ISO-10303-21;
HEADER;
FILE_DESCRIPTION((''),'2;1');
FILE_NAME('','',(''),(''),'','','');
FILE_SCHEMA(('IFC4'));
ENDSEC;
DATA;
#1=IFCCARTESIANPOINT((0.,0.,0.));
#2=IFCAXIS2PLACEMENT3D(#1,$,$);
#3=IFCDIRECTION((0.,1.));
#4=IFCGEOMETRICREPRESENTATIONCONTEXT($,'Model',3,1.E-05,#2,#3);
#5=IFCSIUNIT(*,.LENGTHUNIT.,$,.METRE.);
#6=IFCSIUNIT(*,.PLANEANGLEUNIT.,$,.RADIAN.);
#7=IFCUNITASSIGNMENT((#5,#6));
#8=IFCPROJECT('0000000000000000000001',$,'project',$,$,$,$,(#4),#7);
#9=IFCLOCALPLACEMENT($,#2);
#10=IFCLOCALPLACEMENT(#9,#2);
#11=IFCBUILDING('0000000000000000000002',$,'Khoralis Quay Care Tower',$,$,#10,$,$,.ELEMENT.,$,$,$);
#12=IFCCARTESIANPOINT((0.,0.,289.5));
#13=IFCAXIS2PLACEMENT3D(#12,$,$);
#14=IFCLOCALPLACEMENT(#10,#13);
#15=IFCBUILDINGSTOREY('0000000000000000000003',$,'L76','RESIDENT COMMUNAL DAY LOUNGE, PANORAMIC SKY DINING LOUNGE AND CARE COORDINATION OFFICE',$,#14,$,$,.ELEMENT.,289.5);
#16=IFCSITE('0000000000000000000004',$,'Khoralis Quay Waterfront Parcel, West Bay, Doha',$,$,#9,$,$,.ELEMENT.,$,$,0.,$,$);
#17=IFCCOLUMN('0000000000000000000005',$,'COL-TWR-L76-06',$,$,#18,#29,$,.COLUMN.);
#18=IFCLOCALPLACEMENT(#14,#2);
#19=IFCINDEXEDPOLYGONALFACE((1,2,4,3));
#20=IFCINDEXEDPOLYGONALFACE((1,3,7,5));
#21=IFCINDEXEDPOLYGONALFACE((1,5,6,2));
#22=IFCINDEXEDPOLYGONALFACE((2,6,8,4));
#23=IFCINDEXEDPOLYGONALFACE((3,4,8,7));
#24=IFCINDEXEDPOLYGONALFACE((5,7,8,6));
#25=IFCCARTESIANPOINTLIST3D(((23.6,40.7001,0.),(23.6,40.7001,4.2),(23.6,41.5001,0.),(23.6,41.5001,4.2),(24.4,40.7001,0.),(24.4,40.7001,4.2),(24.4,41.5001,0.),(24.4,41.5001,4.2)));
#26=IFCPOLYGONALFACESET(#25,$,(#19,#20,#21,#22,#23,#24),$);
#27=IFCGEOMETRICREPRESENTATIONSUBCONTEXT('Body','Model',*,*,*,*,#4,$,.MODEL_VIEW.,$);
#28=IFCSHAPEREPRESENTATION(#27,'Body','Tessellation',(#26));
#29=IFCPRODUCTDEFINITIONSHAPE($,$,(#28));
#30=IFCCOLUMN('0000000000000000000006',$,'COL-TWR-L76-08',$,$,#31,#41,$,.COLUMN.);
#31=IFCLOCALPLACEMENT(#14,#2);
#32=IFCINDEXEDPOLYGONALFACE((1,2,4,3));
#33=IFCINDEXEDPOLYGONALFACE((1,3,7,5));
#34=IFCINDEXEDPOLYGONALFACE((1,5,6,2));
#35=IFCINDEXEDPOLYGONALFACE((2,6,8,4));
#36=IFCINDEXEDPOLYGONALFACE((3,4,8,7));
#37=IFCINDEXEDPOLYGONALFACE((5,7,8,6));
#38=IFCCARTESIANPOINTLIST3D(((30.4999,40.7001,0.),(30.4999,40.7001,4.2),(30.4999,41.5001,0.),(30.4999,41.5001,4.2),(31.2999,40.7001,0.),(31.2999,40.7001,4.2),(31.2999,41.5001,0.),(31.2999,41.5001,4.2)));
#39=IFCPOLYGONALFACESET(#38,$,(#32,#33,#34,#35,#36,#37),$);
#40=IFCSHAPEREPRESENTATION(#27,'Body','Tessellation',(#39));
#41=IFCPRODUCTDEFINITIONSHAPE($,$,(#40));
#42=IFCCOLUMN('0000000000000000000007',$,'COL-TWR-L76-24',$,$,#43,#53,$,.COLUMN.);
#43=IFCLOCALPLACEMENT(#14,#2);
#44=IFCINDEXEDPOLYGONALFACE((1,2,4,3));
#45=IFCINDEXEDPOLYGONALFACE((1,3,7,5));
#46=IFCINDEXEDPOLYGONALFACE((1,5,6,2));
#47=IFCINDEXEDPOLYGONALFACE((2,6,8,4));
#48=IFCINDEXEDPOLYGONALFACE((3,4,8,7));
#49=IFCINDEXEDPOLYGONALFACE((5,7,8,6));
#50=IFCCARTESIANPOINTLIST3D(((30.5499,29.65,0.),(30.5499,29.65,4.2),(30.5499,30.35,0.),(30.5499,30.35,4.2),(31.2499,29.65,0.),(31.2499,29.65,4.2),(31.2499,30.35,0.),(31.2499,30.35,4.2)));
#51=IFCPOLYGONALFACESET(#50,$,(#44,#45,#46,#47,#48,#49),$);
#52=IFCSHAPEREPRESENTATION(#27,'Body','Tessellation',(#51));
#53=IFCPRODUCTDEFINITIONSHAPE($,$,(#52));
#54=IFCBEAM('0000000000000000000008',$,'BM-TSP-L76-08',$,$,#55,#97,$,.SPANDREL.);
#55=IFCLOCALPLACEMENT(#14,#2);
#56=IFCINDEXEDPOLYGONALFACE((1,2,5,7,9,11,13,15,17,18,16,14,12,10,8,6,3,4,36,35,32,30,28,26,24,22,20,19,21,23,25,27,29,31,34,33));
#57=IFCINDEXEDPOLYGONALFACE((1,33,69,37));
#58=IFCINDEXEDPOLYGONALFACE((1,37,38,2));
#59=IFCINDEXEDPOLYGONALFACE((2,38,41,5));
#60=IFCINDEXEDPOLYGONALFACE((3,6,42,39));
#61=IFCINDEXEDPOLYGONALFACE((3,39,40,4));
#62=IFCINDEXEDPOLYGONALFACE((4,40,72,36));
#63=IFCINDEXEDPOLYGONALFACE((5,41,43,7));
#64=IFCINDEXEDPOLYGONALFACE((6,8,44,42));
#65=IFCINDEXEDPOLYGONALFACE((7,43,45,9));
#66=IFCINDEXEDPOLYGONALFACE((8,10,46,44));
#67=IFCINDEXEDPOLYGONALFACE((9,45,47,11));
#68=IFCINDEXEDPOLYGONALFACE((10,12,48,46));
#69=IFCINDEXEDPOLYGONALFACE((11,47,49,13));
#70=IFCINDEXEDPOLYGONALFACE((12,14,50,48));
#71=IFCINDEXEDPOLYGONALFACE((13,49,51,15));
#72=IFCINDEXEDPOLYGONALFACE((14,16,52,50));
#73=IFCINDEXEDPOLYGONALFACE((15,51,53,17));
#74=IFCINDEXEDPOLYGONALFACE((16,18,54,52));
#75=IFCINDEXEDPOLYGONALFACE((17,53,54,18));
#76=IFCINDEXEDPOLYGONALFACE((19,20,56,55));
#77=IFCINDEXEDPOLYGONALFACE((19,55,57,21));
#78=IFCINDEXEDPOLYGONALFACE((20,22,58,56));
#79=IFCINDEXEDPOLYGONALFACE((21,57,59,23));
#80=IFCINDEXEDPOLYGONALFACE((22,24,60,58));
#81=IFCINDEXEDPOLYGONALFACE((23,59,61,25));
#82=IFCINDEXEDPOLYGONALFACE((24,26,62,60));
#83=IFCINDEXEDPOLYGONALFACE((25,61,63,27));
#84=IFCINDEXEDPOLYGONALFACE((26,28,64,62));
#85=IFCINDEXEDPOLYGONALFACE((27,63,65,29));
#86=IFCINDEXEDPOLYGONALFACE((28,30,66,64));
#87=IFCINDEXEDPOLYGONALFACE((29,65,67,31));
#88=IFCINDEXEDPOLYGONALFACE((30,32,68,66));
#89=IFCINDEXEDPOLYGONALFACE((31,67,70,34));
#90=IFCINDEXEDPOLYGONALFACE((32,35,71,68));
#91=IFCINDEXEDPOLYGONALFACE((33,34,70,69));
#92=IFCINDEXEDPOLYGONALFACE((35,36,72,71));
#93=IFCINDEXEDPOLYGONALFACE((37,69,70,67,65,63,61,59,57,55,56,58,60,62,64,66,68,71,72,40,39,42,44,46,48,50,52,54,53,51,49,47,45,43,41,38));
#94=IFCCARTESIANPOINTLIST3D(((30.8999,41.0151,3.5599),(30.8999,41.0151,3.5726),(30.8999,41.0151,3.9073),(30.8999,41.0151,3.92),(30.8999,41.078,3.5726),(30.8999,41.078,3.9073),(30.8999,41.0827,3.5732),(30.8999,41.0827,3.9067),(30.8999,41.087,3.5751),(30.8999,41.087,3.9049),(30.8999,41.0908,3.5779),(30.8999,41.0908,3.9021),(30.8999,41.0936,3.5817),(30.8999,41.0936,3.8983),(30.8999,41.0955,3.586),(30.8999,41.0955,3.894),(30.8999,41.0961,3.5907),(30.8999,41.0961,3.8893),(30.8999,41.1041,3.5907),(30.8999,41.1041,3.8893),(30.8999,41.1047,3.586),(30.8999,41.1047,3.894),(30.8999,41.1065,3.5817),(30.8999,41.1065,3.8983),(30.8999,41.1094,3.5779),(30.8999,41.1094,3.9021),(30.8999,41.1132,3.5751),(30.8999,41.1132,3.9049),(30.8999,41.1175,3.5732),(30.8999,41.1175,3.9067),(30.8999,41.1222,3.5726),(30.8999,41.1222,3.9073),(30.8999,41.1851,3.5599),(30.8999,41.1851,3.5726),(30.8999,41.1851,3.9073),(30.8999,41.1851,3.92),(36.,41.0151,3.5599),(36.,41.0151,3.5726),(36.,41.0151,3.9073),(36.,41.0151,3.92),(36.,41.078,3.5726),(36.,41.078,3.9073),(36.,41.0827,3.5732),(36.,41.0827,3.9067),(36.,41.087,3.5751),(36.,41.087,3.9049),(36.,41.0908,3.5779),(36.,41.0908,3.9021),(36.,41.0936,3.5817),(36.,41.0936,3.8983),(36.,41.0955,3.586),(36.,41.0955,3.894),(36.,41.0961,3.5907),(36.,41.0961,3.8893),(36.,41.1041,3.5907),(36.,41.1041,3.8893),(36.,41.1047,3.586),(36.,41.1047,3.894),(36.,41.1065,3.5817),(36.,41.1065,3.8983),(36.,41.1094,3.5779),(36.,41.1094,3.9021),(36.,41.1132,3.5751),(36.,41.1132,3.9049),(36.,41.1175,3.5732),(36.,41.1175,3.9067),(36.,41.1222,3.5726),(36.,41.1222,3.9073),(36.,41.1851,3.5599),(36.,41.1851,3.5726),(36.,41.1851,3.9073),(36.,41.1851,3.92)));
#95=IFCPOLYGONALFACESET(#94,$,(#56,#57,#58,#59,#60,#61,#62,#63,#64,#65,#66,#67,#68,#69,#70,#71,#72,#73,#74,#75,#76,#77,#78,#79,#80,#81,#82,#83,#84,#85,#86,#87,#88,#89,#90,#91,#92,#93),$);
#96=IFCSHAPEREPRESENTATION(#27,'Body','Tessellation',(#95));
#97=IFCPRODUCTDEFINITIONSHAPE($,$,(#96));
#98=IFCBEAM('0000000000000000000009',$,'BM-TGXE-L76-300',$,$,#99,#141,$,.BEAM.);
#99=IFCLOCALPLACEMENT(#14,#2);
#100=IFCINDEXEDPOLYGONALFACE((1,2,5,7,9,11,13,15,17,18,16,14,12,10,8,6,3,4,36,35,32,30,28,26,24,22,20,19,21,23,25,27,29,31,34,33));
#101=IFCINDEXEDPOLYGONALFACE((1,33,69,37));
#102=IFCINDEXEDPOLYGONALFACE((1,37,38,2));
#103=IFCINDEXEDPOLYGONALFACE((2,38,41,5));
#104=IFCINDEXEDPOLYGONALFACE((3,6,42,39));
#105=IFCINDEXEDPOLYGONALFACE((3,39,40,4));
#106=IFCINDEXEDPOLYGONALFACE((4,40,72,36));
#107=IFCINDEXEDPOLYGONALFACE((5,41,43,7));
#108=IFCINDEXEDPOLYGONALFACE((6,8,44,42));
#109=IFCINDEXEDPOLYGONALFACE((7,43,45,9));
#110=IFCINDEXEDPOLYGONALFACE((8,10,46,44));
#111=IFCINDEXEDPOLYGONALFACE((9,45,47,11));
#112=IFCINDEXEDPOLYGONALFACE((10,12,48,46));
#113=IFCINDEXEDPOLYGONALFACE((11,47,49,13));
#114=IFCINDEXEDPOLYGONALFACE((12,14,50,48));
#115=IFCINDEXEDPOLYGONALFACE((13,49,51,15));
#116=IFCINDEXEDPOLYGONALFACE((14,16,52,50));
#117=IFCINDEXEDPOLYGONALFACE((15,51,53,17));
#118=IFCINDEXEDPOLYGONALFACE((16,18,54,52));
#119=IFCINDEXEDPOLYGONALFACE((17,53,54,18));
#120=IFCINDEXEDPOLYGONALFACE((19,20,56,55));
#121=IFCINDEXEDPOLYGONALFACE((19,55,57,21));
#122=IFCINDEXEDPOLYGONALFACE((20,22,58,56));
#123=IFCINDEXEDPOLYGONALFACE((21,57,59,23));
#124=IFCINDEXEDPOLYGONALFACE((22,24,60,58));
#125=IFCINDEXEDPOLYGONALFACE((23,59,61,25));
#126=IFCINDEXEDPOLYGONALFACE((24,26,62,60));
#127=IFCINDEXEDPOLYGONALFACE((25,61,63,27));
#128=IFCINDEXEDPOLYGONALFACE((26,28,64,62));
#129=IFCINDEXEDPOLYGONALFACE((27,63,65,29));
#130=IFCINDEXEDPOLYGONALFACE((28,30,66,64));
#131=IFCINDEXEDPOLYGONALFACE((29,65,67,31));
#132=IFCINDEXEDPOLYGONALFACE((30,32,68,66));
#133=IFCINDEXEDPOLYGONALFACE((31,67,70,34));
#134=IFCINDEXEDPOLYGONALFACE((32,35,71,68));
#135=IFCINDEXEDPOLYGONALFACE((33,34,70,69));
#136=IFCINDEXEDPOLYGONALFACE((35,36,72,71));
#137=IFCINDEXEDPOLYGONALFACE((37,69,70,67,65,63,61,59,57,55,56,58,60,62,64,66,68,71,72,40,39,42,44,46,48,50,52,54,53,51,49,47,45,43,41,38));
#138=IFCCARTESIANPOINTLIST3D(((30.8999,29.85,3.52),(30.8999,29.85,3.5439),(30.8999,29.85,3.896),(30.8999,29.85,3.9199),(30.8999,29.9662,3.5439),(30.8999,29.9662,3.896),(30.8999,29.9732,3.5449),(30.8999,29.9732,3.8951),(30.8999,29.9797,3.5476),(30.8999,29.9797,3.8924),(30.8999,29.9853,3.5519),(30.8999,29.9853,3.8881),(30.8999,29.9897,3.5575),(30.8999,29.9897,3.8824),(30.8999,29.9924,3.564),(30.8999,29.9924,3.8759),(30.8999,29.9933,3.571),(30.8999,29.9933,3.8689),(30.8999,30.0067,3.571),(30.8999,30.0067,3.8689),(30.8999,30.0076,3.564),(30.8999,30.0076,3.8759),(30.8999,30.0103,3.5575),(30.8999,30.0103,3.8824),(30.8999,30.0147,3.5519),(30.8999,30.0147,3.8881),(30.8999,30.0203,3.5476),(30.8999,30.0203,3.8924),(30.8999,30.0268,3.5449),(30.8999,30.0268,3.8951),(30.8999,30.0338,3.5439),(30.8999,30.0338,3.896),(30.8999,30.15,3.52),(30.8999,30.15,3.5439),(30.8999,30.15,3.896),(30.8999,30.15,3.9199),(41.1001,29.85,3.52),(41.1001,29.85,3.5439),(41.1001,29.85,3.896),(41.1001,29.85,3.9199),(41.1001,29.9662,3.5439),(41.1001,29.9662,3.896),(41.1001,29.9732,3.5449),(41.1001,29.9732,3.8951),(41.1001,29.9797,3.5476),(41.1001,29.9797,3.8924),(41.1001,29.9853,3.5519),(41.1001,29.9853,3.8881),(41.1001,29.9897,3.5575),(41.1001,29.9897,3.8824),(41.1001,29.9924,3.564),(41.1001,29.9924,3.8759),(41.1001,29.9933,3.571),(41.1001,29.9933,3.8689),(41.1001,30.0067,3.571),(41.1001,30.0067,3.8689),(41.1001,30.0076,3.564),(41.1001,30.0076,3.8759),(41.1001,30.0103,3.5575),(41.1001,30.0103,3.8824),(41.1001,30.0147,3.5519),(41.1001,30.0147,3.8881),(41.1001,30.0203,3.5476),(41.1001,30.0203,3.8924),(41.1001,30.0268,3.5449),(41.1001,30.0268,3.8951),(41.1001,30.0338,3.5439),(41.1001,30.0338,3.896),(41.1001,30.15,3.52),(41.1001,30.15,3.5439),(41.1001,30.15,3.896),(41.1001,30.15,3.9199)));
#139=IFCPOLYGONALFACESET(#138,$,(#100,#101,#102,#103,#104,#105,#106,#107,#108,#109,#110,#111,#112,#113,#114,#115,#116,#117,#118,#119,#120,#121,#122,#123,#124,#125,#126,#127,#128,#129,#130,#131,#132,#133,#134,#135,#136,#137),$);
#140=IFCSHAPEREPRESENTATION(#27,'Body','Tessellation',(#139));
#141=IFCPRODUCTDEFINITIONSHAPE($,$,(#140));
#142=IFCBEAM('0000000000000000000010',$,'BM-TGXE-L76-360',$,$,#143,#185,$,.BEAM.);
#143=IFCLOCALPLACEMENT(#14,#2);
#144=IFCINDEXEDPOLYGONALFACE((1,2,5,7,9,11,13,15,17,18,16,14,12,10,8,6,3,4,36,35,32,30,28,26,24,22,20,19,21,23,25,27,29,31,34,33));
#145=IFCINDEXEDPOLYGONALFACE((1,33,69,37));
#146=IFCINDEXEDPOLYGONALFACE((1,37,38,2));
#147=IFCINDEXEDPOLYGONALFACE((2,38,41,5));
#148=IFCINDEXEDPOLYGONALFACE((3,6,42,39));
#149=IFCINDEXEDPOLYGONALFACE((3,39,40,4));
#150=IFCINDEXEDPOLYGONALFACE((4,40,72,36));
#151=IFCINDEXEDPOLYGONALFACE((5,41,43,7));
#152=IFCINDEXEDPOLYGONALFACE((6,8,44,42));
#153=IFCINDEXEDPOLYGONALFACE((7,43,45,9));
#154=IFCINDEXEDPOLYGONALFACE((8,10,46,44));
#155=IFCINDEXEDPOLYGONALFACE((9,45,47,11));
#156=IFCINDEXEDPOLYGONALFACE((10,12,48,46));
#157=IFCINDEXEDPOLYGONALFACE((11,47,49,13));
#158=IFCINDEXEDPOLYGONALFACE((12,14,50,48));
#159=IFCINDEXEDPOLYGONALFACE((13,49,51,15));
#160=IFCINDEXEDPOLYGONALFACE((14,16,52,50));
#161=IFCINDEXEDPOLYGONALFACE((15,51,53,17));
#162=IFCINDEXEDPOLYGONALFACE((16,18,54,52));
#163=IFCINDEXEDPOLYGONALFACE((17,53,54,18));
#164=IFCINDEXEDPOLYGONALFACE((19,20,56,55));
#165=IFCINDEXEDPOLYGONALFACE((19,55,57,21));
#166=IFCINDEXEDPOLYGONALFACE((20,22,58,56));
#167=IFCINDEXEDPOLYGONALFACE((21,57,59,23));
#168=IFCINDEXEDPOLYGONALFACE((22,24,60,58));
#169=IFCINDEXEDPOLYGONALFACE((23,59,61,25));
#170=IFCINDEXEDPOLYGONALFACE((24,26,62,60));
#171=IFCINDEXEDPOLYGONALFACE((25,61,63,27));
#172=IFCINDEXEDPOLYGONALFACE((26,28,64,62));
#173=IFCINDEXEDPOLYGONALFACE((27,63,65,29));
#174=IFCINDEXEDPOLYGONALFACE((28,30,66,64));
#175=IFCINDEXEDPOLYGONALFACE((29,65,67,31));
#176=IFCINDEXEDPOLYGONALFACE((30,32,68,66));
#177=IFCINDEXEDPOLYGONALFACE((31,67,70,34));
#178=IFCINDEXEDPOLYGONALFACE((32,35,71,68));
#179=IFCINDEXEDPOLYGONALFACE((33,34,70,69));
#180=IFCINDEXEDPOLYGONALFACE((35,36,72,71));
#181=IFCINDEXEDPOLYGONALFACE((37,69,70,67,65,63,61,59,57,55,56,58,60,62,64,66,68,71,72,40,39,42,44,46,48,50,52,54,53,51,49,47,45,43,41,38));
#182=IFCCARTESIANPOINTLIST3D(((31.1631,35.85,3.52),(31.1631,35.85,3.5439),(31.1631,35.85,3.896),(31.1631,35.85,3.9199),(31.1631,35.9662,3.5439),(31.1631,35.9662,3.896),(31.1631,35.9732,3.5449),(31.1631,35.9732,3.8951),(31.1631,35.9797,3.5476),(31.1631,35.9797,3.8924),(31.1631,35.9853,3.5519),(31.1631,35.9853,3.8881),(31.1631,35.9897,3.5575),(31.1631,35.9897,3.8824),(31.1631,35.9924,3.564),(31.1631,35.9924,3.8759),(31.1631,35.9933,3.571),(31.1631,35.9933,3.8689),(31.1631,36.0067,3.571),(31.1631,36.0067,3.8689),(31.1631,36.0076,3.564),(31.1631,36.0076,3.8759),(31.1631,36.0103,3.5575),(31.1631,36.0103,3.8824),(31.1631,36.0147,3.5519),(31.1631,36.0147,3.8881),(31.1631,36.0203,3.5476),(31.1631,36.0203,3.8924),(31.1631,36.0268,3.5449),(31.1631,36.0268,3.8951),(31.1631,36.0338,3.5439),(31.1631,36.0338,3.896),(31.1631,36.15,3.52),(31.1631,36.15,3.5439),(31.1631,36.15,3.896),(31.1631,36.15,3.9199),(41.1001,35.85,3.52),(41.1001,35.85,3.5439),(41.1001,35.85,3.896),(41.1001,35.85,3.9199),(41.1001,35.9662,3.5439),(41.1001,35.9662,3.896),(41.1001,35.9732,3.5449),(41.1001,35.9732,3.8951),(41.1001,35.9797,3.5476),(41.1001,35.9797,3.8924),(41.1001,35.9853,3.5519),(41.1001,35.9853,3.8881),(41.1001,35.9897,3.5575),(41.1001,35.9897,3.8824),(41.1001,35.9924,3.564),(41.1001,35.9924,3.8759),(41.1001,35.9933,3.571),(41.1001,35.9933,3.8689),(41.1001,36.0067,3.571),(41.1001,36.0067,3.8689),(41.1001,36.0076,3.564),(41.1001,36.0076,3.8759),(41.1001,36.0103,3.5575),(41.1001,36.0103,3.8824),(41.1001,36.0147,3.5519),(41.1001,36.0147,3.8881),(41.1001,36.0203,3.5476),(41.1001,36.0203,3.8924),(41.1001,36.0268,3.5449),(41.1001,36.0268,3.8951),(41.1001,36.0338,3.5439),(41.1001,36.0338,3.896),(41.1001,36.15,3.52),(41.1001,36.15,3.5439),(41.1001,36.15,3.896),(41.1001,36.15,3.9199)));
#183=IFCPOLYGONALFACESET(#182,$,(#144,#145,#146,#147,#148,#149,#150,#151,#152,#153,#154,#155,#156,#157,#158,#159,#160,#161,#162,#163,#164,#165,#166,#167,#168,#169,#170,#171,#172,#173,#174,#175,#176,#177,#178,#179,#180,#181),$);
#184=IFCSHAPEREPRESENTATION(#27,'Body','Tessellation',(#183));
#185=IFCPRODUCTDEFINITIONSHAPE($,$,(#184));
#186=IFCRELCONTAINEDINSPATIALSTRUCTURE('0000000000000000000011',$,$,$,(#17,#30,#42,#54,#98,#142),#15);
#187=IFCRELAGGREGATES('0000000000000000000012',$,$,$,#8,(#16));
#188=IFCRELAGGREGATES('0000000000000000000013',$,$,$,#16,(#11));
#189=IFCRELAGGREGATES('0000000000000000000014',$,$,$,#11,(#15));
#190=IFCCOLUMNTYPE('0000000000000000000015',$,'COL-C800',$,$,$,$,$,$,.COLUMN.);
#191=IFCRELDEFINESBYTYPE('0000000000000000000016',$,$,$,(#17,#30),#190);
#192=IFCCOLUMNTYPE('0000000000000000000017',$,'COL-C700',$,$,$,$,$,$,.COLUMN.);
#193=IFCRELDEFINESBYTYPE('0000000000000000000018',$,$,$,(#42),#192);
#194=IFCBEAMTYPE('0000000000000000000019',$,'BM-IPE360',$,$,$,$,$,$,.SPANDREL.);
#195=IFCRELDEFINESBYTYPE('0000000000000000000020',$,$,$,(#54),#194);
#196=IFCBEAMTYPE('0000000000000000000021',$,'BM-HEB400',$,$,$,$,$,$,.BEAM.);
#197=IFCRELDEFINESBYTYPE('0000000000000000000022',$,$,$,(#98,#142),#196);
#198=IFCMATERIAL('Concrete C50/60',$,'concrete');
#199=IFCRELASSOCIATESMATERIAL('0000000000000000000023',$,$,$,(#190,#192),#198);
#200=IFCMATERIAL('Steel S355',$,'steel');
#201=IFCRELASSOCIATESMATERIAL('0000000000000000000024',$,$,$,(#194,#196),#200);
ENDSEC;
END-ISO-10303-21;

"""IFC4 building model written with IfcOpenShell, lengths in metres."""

from ifc_helpers import new_model, si_unit, direction, frame, origin, origin_2d, place, context, subcontext, project, spatial, rectangle, i_section, extrude, source, transform, mapped, material, material_profile, profile_set, type_object, element, save


model = new_model("IFC4")

# Units and contexts
model_context = context("Model", 3, precision=1e-05, world=origin(), true_north=direction((0.0, 1.0)))
body_context = subcontext(model_context, "Body", "Model", "MODEL_VIEW")
ifc_project = project(units=[si_unit("LENGTHUNIT", "METRE"), si_unit("PLANEANGLEUNIT", "RADIAN")], contexts=[model_context])

# Site, building, storey
site_placement = place(None, origin())
site = spatial("IfcSite", under=ifc_project, at=site_placement, Name="Khoralis Quay Waterfront Parcel, West Bay, Doha", CompositionType="ELEMENT", RefElevation=0.0)
building_placement = place(site_placement, origin())
building = spatial("IfcBuilding", under=site, at=building_placement, Name="Khoralis Quay Care Tower", CompositionType="ELEMENT")
storey_placement = place(building_placement, frame((0.0, 0.0, 289.5)))
storey = spatial("IfcBuildingStorey", under=building, at=storey_placement, Name="L76", Description="RESIDENT COMMUNAL DAY LOUNGE, PANORAMIC SKY DINING LOUNGE AND CARE COORDINATION OFFICE", CompositionType="ELEMENT", Elevation=289.5)

# Columns
ifc_material_1 = material(Name="Concrete C50/60", Category="concrete")
ifc_material_profile_1 = material_profile(ifc_material_1, rectangle(XDim=0.8, YDim=0.8, at=origin_2d()), Name="Concrete C50/60")
ifc_profile_set_1 = profile_set([ifc_material_profile_1], Name="Concrete C50/60")
column_type_1 = type_object("IfcColumnType", Name="COL-C800", PredefinedType="COLUMN", material=ifc_profile_set_1)
shared_shape_1 = source(origin(), body_context, "Body", "SweptSolid", [
    extrude(rectangle(XDim=0.8, YDim=0.8, at=origin_2d()), origin(), (0.0, 0.0, 1.0), 4.2),
])
for number, where, z_axis, x_axis, name in (
    (1, (24.0, 41.1001, 0.0), (0.0, 0.0, 1.0), (1.0, 0.0, 0.0), "COL-TWR-L76-06"),
    (2, (30.8999, 41.1001, 0.0), (0.0, 0.0, 1.0), (1.0, 0.0, 0.0), "COL-TWR-L76-08"),
):
    element("IfcColumn", number, at=place(storey_placement, frame(where, z_axis=z_axis, x_axis=x_axis)), inside=storey, type_object=column_type_1, Name=name, PredefinedType="COLUMN", context=body_context, shape_type="MappedRepresentation", body=[
        mapped(shared_shape_1, transform((0.0, 0.0, 0.0), scale=1.0)),
    ])
ifc_material_profile_2 = material_profile(ifc_material_1, rectangle(XDim=0.7, YDim=0.7, at=origin_2d()), Name="Concrete C50/60")
ifc_profile_set_2 = profile_set([ifc_material_profile_2], Name="Concrete C50/60")
column_type_2 = type_object("IfcColumnType", Name="COL-C700", PredefinedType="COLUMN", material=ifc_profile_set_2)
shared_shape_2 = source(origin(), body_context, "Body", "SweptSolid", [
    extrude(rectangle(XDim=0.7, YDim=0.7, at=origin_2d()), origin(), (0.0, 0.0, 1.0), 4.2),
])
column_placement = place(storey_placement, frame((30.8999, 30.0, 0.0), z_axis=(0.0, 0.0, 1.0), x_axis=(1.0, 0.0, 0.0)))
element("IfcColumn", 3, at=column_placement, inside=storey, type_object=column_type_2, Name="COL-TWR-L76-24", PredefinedType="COLUMN", context=body_context, shape_type="MappedRepresentation", body=[
    mapped(shared_shape_2, transform((0.0, 0.0, 0.0), scale=1.0)),
])

# Beams
ifc_material_2 = material(Name="Steel S355", Category="steel")
ifc_material_profile_3 = material_profile(ifc_material_2, i_section(OverallWidth=0.1699, OverallDepth=0.3601, WebThickness=0.0081, FlangeThickness=0.0127, FilletRadius=0.0181, at=origin_2d()), Name="Steel S355")
ifc_profile_set_3 = profile_set([ifc_material_profile_3], Name="Steel S355")
beam_type_1 = type_object("IfcBeamType", Name="BM-IPE360", PredefinedType="SPANDREL", material=ifc_profile_set_3)
shared_shape_3 = source(origin(), body_context, "Body", "SweptSolid", [
    extrude(i_section(OverallWidth=0.1699, OverallDepth=0.3601, WebThickness=0.0081, FlangeThickness=0.0127, FilletRadius=0.0181, at=origin_2d()), origin(), (0.0, 0.0, 1.0), 5.1001),
])
beam_1_placement = place(storey_placement, frame((30.8999, 41.1001, 3.74), z_axis=(1.0, 0.0, 0.0), x_axis=(0.0, 1.0, 0.0)))
element("IfcBeam", 4, at=beam_1_placement, inside=storey, type_object=beam_type_1, Name="BM-TSP-L76-08", PredefinedType="SPANDREL", context=body_context, shape_type="MappedRepresentation", body=[
    mapped(shared_shape_3, transform((0.0, 0.0, 0.0), scale=1.0)),
])
ifc_material_profile_4 = material_profile(ifc_material_2, i_section(OverallWidth=0.3, OverallDepth=0.3999, WebThickness=0.0134, FlangeThickness=0.0239, FilletRadius=0.0271, at=origin_2d()), Name="Steel S355")
ifc_profile_set_4 = profile_set([ifc_material_profile_4], Name="Steel S355")
beam_type_2 = type_object("IfcBeamType", Name="BM-HEB400", PredefinedType="BEAM", material=ifc_profile_set_4)
shared_shape_4 = source(origin(), body_context, "Body", "SweptSolid", [
    extrude(i_section(OverallWidth=0.3, OverallDepth=0.3999, WebThickness=0.0134, FlangeThickness=0.0239, FilletRadius=0.0271, at=origin_2d()), origin(), (0.0, 0.0, 1.0), 10.2002),
])
beam_2_placement = place(storey_placement, frame((30.8999, 30.0, 3.72), z_axis=(1.0, 0.0, 0.0), x_axis=(0.0, 1.0, 0.0)))
element("IfcBeam", 5, at=beam_2_placement, inside=storey, type_object=beam_type_2, Name="BM-TGXE-L76-300", PredefinedType="BEAM", context=body_context, shape_type="MappedRepresentation", body=[
    mapped(shared_shape_4, transform((0.0, 0.0, 0.0), scale=1.0)),
])
shared_shape_5 = source(origin(), body_context, "Body", "SweptSolid", [
    extrude(i_section(OverallWidth=0.3, OverallDepth=0.3999, WebThickness=0.0134, FlangeThickness=0.0239, FilletRadius=0.0271, at=origin_2d()), origin(), (0.0, 0.0, 1.0), 9.937),
])
beam_3_placement = place(storey_placement, frame((31.1631, 36.0, 3.72), z_axis=(1.0, 0.0, 0.0), x_axis=(0.0, 1.0, 0.0)))
element("IfcBeam", 6, at=beam_3_placement, inside=storey, type_object=beam_type_2, Name="BM-TGXE-L76-360", PredefinedType="BEAM", context=body_context, shape_type="MappedRepresentation", body=[
    mapped(shared_shape_5, transform((0.0, 0.0, 0.0), scale=1.0)),
])

save(model, "model.ifc")
